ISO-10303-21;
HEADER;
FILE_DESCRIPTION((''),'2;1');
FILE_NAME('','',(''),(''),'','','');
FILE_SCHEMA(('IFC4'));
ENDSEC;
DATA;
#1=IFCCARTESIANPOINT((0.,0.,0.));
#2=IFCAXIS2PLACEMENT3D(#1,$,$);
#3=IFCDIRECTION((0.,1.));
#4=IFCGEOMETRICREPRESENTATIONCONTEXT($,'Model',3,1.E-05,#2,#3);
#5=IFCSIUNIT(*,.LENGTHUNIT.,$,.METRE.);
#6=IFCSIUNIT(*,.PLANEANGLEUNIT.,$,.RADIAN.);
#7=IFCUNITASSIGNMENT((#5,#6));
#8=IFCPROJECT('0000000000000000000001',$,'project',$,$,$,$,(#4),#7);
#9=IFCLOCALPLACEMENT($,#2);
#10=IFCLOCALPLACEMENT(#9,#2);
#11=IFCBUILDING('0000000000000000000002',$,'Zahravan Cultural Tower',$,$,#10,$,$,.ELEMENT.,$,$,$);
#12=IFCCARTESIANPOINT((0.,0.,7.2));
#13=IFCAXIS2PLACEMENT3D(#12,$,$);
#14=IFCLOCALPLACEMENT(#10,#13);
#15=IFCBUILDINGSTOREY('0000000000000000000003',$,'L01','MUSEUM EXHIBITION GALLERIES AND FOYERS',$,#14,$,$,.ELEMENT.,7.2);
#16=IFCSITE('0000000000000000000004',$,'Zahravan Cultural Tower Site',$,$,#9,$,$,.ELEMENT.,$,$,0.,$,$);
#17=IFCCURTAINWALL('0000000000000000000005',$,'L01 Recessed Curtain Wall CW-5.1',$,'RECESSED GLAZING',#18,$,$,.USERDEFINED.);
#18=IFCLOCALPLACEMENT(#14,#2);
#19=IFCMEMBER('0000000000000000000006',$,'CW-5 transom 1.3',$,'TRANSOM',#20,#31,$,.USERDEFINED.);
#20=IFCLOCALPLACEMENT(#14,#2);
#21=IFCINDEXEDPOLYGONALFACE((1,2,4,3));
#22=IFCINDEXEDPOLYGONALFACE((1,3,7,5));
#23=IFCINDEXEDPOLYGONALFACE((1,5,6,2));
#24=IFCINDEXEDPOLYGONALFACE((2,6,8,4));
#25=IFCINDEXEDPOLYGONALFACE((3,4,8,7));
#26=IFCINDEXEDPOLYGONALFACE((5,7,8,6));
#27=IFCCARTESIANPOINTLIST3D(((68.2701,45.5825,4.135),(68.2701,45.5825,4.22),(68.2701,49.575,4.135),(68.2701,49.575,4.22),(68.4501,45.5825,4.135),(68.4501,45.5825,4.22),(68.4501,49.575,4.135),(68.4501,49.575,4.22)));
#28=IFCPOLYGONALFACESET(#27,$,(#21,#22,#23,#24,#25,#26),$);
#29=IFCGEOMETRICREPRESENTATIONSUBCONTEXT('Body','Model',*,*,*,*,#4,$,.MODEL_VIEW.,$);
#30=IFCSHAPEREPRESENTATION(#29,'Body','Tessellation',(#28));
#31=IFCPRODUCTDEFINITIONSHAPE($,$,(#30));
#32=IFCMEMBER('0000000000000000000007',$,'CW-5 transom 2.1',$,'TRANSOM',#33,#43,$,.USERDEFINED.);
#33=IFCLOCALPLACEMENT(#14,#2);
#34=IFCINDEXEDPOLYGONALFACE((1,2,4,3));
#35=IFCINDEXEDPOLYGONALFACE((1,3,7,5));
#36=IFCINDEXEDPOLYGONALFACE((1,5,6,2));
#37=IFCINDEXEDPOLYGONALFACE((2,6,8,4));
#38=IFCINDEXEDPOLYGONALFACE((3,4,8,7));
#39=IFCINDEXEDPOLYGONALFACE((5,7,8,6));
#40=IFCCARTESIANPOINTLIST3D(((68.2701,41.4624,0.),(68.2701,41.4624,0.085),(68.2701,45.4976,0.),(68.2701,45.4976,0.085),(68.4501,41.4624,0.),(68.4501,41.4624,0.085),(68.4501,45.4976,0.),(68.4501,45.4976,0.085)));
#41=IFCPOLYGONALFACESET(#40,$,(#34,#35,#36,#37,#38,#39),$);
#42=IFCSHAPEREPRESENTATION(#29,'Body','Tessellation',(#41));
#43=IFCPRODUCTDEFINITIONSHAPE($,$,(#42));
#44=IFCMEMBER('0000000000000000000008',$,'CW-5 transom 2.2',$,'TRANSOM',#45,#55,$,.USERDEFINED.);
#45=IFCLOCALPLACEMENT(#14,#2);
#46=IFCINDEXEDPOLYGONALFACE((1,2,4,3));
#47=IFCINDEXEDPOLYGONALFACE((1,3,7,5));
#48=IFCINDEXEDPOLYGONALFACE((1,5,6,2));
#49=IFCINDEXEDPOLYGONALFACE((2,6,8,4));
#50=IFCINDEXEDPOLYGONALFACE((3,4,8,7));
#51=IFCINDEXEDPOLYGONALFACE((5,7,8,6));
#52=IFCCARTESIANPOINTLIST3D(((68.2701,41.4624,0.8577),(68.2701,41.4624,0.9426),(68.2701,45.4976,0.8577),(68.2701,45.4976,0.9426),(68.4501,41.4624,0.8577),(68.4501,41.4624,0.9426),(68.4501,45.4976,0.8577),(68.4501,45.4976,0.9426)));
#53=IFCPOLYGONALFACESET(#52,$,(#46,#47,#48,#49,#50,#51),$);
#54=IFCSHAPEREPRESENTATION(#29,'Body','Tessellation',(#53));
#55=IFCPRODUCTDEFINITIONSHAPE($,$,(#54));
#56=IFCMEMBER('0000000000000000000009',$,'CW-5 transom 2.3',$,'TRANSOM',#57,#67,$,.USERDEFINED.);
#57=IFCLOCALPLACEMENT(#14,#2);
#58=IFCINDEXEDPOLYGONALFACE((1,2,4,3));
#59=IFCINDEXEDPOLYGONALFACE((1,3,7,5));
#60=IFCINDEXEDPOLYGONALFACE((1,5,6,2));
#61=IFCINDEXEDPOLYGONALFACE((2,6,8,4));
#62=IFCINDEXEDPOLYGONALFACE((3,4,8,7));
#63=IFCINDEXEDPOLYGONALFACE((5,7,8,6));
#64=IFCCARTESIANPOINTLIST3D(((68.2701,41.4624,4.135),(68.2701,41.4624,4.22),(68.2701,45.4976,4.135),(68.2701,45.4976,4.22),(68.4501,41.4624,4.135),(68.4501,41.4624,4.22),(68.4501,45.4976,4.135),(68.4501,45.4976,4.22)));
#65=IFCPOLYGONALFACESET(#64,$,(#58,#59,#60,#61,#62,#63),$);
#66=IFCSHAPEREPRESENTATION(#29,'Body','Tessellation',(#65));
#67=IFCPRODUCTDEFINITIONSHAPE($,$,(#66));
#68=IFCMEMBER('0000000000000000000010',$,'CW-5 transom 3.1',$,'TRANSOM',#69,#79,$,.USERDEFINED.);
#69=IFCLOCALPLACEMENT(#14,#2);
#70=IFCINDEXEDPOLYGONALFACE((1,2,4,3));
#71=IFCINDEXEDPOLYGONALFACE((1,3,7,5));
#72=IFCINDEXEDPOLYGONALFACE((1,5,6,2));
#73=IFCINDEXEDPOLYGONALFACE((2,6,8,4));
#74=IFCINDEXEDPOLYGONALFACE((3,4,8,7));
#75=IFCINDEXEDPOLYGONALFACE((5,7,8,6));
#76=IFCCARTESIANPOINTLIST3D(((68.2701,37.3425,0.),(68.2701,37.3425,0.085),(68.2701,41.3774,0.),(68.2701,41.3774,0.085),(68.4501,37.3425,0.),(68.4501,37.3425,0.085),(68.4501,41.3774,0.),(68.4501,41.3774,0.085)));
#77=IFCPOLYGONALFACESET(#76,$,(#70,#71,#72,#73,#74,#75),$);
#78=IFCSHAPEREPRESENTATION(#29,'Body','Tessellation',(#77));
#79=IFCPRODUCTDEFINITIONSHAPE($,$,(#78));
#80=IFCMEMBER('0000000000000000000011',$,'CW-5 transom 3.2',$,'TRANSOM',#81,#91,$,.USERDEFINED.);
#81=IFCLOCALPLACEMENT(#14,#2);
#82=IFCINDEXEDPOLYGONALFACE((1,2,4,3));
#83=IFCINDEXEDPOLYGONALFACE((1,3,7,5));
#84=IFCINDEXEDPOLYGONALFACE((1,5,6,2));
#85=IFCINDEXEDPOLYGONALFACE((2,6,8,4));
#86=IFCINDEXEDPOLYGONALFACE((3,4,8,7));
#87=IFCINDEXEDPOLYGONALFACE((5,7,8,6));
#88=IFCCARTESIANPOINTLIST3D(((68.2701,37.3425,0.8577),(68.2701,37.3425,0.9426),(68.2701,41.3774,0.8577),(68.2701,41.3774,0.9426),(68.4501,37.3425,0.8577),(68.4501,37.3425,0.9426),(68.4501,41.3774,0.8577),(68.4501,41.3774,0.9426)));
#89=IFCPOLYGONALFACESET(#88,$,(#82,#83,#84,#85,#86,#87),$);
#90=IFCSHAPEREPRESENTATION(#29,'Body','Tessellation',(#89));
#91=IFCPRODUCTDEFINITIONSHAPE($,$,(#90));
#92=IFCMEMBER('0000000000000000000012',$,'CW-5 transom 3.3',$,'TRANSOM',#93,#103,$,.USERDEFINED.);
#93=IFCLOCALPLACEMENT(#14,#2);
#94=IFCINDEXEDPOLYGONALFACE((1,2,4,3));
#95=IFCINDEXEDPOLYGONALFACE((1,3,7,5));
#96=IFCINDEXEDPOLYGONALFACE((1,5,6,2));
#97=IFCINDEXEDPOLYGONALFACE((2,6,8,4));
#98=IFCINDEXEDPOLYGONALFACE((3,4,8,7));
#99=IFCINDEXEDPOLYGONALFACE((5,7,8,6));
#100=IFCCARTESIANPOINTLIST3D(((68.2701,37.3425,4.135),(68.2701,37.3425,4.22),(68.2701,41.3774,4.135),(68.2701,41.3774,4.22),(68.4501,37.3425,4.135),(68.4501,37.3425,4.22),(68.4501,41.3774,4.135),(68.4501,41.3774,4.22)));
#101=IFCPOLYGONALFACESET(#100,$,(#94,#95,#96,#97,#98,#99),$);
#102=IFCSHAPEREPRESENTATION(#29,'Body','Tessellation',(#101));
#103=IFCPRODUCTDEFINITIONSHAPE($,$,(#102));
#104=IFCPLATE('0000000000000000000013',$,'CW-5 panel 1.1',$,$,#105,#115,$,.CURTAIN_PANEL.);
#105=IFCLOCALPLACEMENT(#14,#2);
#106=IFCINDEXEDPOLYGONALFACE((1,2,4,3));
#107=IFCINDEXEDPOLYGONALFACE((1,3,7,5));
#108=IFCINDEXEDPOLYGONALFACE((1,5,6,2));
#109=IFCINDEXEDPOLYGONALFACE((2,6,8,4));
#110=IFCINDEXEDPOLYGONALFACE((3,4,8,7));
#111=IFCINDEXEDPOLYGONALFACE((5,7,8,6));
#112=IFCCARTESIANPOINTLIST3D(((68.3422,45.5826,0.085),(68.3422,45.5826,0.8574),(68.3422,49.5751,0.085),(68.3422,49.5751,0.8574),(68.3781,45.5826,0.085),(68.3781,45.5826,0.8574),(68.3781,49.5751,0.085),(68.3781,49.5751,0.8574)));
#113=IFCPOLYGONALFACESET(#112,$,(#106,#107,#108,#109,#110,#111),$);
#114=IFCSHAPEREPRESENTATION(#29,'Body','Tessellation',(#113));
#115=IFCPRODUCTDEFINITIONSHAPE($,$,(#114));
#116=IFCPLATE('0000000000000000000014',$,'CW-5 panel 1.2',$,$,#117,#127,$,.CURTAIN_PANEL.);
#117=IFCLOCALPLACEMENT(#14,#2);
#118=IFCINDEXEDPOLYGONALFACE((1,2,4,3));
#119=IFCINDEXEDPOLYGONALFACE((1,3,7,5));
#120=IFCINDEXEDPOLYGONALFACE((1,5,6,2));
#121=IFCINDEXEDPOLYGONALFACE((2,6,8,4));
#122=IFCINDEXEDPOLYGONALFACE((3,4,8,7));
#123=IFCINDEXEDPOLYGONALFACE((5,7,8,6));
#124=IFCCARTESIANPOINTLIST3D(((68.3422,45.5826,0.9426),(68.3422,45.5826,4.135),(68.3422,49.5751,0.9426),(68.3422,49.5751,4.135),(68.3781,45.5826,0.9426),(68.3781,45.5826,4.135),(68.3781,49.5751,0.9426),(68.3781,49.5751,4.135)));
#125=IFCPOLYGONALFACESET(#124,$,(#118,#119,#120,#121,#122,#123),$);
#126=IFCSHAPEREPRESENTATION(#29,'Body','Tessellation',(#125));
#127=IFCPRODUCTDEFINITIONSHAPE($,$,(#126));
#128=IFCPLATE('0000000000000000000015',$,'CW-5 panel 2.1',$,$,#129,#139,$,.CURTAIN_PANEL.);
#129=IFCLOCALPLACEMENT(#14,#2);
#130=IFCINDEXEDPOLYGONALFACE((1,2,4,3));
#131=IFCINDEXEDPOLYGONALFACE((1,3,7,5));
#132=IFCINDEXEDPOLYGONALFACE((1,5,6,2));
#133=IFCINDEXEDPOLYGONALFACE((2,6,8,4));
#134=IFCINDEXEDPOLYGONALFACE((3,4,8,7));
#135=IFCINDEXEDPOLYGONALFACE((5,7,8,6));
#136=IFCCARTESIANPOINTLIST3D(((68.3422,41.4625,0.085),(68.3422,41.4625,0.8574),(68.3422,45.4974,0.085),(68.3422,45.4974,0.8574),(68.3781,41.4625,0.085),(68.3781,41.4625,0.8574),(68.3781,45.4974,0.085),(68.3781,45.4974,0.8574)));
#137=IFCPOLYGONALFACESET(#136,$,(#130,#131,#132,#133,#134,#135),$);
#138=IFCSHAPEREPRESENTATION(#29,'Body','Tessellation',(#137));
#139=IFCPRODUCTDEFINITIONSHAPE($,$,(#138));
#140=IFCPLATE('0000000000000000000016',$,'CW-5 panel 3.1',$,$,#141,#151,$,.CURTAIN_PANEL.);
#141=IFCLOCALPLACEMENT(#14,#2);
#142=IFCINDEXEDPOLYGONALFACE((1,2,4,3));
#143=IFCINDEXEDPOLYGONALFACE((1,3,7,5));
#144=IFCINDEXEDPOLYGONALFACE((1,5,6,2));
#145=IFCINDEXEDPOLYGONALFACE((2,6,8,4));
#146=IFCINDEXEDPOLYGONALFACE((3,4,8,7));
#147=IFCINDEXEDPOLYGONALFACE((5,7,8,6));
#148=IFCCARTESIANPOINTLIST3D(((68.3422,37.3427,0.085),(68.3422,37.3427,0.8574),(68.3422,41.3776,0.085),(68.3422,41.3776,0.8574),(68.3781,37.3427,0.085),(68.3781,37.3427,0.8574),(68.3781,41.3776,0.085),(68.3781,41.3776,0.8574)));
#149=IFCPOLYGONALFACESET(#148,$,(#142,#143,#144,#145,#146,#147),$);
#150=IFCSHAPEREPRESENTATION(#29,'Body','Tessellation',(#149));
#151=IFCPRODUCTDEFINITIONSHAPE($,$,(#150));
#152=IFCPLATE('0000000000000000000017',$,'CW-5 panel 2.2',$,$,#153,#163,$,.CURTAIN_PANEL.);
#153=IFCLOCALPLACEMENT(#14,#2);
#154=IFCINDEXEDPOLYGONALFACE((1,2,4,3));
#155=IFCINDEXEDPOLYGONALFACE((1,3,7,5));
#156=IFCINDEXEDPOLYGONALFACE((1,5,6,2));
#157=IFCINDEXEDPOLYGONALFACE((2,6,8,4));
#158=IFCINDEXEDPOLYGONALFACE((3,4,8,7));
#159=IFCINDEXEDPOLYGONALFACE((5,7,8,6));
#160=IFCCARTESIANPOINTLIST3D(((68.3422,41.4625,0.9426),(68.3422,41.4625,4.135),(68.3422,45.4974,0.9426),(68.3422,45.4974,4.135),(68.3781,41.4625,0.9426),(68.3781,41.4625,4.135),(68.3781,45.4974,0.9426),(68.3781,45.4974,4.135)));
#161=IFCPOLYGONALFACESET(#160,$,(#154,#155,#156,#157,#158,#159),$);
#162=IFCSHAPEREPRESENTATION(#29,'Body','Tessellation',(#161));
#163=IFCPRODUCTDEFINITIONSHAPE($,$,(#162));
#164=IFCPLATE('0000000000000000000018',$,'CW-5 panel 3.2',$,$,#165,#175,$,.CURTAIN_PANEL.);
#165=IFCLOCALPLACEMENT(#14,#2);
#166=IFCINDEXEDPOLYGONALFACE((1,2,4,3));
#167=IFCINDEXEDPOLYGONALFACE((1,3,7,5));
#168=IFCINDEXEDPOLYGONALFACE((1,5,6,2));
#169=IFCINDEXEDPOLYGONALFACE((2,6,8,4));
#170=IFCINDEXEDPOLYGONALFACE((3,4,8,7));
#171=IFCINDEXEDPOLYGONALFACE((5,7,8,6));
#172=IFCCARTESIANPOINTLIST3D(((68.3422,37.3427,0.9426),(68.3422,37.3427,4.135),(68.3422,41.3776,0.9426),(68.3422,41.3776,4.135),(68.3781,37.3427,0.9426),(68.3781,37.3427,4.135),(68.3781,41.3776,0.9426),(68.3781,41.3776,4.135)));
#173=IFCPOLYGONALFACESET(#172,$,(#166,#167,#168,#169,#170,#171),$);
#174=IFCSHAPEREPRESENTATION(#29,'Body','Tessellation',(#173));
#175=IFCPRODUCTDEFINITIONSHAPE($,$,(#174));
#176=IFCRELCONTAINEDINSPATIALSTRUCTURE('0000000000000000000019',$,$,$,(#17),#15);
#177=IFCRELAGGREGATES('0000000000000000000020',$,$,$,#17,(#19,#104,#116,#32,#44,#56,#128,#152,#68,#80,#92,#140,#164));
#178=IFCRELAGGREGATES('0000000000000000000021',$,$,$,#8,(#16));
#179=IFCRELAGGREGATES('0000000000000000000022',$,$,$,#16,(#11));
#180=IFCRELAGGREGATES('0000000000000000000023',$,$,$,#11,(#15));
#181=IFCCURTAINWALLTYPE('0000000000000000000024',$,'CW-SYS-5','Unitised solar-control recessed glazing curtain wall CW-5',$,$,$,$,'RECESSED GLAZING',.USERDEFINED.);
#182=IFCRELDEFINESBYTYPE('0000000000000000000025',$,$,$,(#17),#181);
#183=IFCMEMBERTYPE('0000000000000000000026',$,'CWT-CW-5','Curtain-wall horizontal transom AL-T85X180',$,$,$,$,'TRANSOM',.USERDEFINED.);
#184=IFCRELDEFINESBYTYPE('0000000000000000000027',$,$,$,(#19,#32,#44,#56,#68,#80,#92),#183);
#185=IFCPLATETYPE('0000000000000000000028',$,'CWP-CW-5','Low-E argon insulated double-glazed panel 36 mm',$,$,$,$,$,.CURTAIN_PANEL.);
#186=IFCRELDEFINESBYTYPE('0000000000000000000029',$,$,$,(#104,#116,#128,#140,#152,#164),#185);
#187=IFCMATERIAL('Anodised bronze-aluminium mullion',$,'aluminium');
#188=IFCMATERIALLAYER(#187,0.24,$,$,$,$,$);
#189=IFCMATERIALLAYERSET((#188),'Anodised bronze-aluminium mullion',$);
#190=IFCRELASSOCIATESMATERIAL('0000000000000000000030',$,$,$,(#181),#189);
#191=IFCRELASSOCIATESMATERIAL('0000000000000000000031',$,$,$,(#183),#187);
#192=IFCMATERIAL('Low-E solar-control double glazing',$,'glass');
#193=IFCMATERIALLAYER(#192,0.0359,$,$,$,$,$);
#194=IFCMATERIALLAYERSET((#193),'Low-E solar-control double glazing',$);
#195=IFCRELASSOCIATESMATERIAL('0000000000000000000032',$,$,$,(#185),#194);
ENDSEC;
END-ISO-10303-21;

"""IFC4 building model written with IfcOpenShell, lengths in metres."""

from ifc_helpers import new_model, si_unit, direction, frame, origin, origin_2d, place, context, subcontext, project, spatial, rectangle, extrude, source, transform, mapped, material, layer, layer_set, material_profile, profile_set, type_object, element, aggregate, save


model = new_model("IFC4")

# Units and contexts
model_context = context("Model", 3, precision=1e-05, world=origin(), true_north=direction((0.0, 1.0)))
body_context = subcontext(model_context, "Body", "Model", "MODEL_VIEW")
ifc_project = project(units=[si_unit("LENGTHUNIT", "METRE"), si_unit("PLANEANGLEUNIT", "RADIAN")], contexts=[model_context])

# Site, building, storey
site_placement = place(None, origin())
site = spatial("IfcSite", under=ifc_project, at=site_placement, Name="Zahravan Cultural Tower Site", CompositionType="ELEMENT", RefElevation=0.0)
building_placement = place(site_placement, origin())
building = spatial("IfcBuilding", under=site, at=building_placement, Name="Zahravan Cultural Tower", CompositionType="ELEMENT")
storey_placement = place(building_placement, frame((0.0, 0.0, 7.2)))
storey = spatial("IfcBuildingStorey", under=building, at=storey_placement, Name="L01", Description="MUSEUM EXHIBITION GALLERIES AND FOYERS", CompositionType="ELEMENT", Elevation=7.2)

# Curtain wall, members, plates
ifc_material_1 = material(Name="Anodised bronze-aluminium mullion", Category="aluminium")
ifc_layer_1 = layer(ifc_material_1, 0.24)
ifc_layer_set_1 = layer_set([ifc_layer_1], Name="Anodised bronze-aluminium mullion")
curtain_wall_type = type_object("IfcCurtainWallType", Name="CW-SYS-5", Description="Unitised solar-control recessed glazing curtain wall CW-5", ElementType="RECESSED GLAZING", PredefinedType="USERDEFINED", material=ifc_layer_set_1)
curtain_wall_placement = place(storey_placement, origin())
curtain_wall = element("IfcCurtainWall", 1, at=curtain_wall_placement, inside=storey, type_object=curtain_wall_type, Name="L01 Recessed Curtain Wall CW-5.1", ObjectType="RECESSED GLAZING", PredefinedType="USERDEFINED")
ifc_material_profile_1 = material_profile(ifc_material_1, rectangle(XDim=0.1799, YDim=0.085, at=origin_2d()), Name="AL-T85X180")
ifc_profile_set_1 = profile_set([ifc_material_profile_1], Name="Anodised bronze-aluminium mullion")
member_type_1 = type_object("IfcMemberType", Name="CWT-CW-5", Description="Curtain-wall horizontal transom AL-T85X180", ElementType="TRANSOM", PredefinedType="USERDEFINED", material=ifc_profile_set_1)
shared_shape_1 = source(origin(), body_context, "Body", "SweptSolid", [
    extrude(rectangle(XDim=0.1799, YDim=0.085, at=origin_2d()), origin(), (0.0, 0.0, 1.0), 3.9924),
])
member_1_placement = place(storey_placement, frame((68.3601, 49.575, 4.1775), z_axis=(0.0, -1.0, 0.0), x_axis=(1.0, 0.0, 0.0)))
member_1 = element("IfcMember", 2, at=member_1_placement, type_object=member_type_1, Name="CW-5 transom 1.3", ObjectType="TRANSOM", PredefinedType="USERDEFINED", context=body_context, shape_type="MappedRepresentation", body=[
    mapped(shared_shape_1, transform((0.0, 0.0, 0.0), x_axis=(1.0, 0.0, 0.0), y_axis=(0.0, 1.0, 0.0), z_axis=(0.0, 0.0, 1.0), scale=1.0)),
])
shared_shape_2 = source(origin(), body_context, "Body", "SweptSolid", [
    extrude(rectangle(XDim=0.1799, YDim=0.085, at=origin_2d()), origin(), (0.0, 0.0, 1.0), 4.0352),
])
member_2_placement = place(storey_placement, frame((68.3601, 45.4976, 0.0425), z_axis=(0.0, -1.0, 0.0), x_axis=(1.0, 0.0, 0.0)))
member_2 = element("IfcMember", 3, at=member_2_placement, type_object=member_type_1, Name="CW-5 transom 2.1", ObjectType="TRANSOM", PredefinedType="USERDEFINED", context=body_context, shape_type="MappedRepresentation", body=[
    mapped(shared_shape_2, transform((0.0, 0.0, 0.0), x_axis=(1.0, 0.0, 0.0), y_axis=(0.0, 1.0, 0.0), z_axis=(0.0, 0.0, 1.0), scale=1.0)),
])
member_3_placement = place(storey_placement, frame((68.3601, 45.4976, 0.9001), z_axis=(0.0, -1.0, 0.0), x_axis=(1.0, 0.0, 0.0)))
member_3 = element("IfcMember", 4, at=member_3_placement, type_object=member_type_1, Name="CW-5 transom 2.2", ObjectType="TRANSOM", PredefinedType="USERDEFINED", context=body_context, shape_type="MappedRepresentation", body=[
    mapped(shared_shape_2, transform((0.0, 0.0, 0.0), x_axis=(1.0, 0.0, 0.0), y_axis=(0.0, 1.0, 0.0), z_axis=(0.0, 0.0, 1.0), scale=1.0)),
])
member_4_placement = place(storey_placement, frame((68.3601, 45.4976, 4.1775), z_axis=(0.0, -1.0, 0.0), x_axis=(1.0, 0.0, 0.0)))
member_4 = element("IfcMember", 5, at=member_4_placement, type_object=member_type_1, Name="CW-5 transom 2.3", ObjectType="TRANSOM", PredefinedType="USERDEFINED", context=body_context, shape_type="MappedRepresentation", body=[
    mapped(shared_shape_2, transform((0.0, 0.0, 0.0), x_axis=(1.0, 0.0, 0.0), y_axis=(0.0, 1.0, 0.0), z_axis=(0.0, 0.0, 1.0), scale=1.0)),
])
shared_shape_3 = source(origin(), body_context, "Body", "SweptSolid", [
    extrude(rectangle(XDim=0.1799, YDim=0.085, at=origin_2d()), origin(), (0.0, 0.0, 1.0), 4.0349),
])
member_5_placement = place(storey_placement, frame((68.3601, 41.3774, 0.0425), z_axis=(0.0, -1.0, 0.0), x_axis=(1.0, 0.0, 0.0)))
member_5 = element("IfcMember", 6, at=member_5_placement, type_object=member_type_1, Name="CW-5 transom 3.1", ObjectType="TRANSOM", PredefinedType="USERDEFINED", context=body_context, shape_type="MappedRepresentation", body=[
    mapped(shared_shape_3, transform((0.0, 0.0, 0.0), x_axis=(1.0, 0.0, 0.0), y_axis=(0.0, 1.0, 0.0), z_axis=(0.0, 0.0, 1.0), scale=1.0)),
])
member_6_placement = place(storey_placement, frame((68.3601, 41.3774, 0.9001), z_axis=(0.0, -1.0, 0.0), x_axis=(1.0, 0.0, 0.0)))
member_6 = element("IfcMember", 7, at=member_6_placement, type_object=member_type_1, Name="CW-5 transom 3.2", ObjectType="TRANSOM", PredefinedType="USERDEFINED", context=body_context, shape_type="MappedRepresentation", body=[
    mapped(shared_shape_3, transform((0.0, 0.0, 0.0), x_axis=(1.0, 0.0, 0.0), y_axis=(0.0, 1.0, 0.0), z_axis=(0.0, 0.0, 1.0), scale=1.0)),
])
member_7_placement = place(storey_placement, frame((68.3601, 41.3774, 4.1775), z_axis=(0.0, -1.0, 0.0), x_axis=(1.0, 0.0, 0.0)))
member_7 = element("IfcMember", 8, at=member_7_placement, type_object=member_type_1, Name="CW-5 transom 3.3", ObjectType="TRANSOM", PredefinedType="USERDEFINED", context=body_context, shape_type="MappedRepresentation", body=[
    mapped(shared_shape_3, transform((0.0, 0.0, 0.0), x_axis=(1.0, 0.0, 0.0), y_axis=(0.0, 1.0, 0.0), z_axis=(0.0, 0.0, 1.0), scale=1.0)),
])
ifc_material_2 = material(Name="Low-E solar-control double glazing", Category="glass")
ifc_layer_2 = layer(ifc_material_2, 0.0359)
ifc_layer_set_2 = layer_set([ifc_layer_2], Name="Low-E solar-control double glazing")
plate_type = type_object("IfcPlateType", Name="CWP-CW-5", Description="Low-E argon insulated double-glazed panel 36 mm", PredefinedType="CURTAIN_PANEL", material=ifc_layer_set_2)
shared_shape_4 = source(origin(), body_context, "Body", "SweptSolid", [
    extrude(rectangle(XDim=3.9924, YDim=0.0359, at=origin_2d()), origin(), (0.0, 0.0, 1.0), 0.7725),
])
plate_1_placement = place(storey_placement, frame((68.3601, 47.5789, 0.085), z_axis=(0.0, 0.0, 1.0), x_axis=(0.0, -1.0, 0.0)))
plate_1 = element("IfcPlate", 9, at=plate_1_placement, type_object=plate_type, Name="CW-5 panel 1.1", PredefinedType="CURTAIN_PANEL", context=body_context, shape_type="MappedRepresentation", body=[
    mapped(shared_shape_4, transform((0.0, 0.0, 0.0), x_axis=(1.0, 0.0, 0.0), y_axis=(0.0, 1.0, 0.0), z_axis=(0.0, 0.0, 1.0), scale=1.0)),
])
shared_shape_5 = source(origin(), body_context, "Body", "SweptSolid", [
    extrude(rectangle(XDim=3.9924, YDim=0.0359, at=origin_2d()), origin(), (0.0, 0.0, 1.0), 3.1924),
])
plate_2_placement = place(storey_placement, frame((68.3601, 47.5789, 0.9426), z_axis=(0.0, 0.0, 1.0), x_axis=(0.0, -1.0, 0.0)))
plate_2 = element("IfcPlate", 10, at=plate_2_placement, type_object=plate_type, Name="CW-5 panel 1.2", PredefinedType="CURTAIN_PANEL", context=body_context, shape_type="MappedRepresentation", body=[
    mapped(shared_shape_5, transform((0.0, 0.0, 0.0), x_axis=(1.0, 0.0, 0.0), y_axis=(0.0, 1.0, 0.0), z_axis=(0.0, 0.0, 1.0), scale=1.0)),
])
shared_shape_6 = source(origin(), body_context, "Body", "SweptSolid", [
    extrude(rectangle(XDim=4.0349, YDim=0.0359, at=origin_2d()), origin(), (0.0, 0.0, 1.0), 0.7725),
])
plate_3_placement = place(storey_placement, frame((68.3601, 43.48, 0.085), z_axis=(0.0, 0.0, 1.0), x_axis=(0.0, -1.0, 0.0)))
plate_3 = element("IfcPlate", 11, at=plate_3_placement, type_object=plate_type, Name="CW-5 panel 2.1", PredefinedType="CURTAIN_PANEL", context=body_context, shape_type="MappedRepresentation", body=[
    mapped(shared_shape_6, transform((0.0, 0.0, 0.0), x_axis=(1.0, 0.0, 0.0), y_axis=(0.0, 1.0, 0.0), z_axis=(0.0, 0.0, 1.0), scale=1.0)),
])
plate_4_placement = place(storey_placement, frame((68.3601, 39.3601, 0.085), z_axis=(0.0, 0.0, 1.0), x_axis=(0.0, -1.0, 0.0)))
plate_4 = element("IfcPlate", 12, at=plate_4_placement, type_object=plate_type, Name="CW-5 panel 3.1", PredefinedType="CURTAIN_PANEL", context=body_context, shape_type="MappedRepresentation", body=[
    mapped(shared_shape_6, transform((0.0, 0.0, 0.0), x_axis=(1.0, 0.0, 0.0), y_axis=(0.0, 1.0, 0.0), z_axis=(0.0, 0.0, 1.0), scale=1.0)),
])
shared_shape_7 = source(origin(), body_context, "Body", "SweptSolid", [
    extrude(rectangle(XDim=4.0349, YDim=0.0359, at=origin_2d()), origin(), (0.0, 0.0, 1.0), 3.1924),
])
plate_5_placement = place(storey_placement, frame((68.3601, 43.48, 0.9426), z_axis=(0.0, 0.0, 1.0), x_axis=(0.0, -1.0, 0.0)))
plate_5 = element("IfcPlate", 13, at=plate_5_placement, type_object=plate_type, Name="CW-5 panel 2.2", PredefinedType="CURTAIN_PANEL", context=body_context, shape_type="MappedRepresentation", body=[
    mapped(shared_shape_7, transform((0.0, 0.0, 0.0), x_axis=(1.0, 0.0, 0.0), y_axis=(0.0, 1.0, 0.0), z_axis=(0.0, 0.0, 1.0), scale=1.0)),
])
plate_6_placement = place(storey_placement, frame((68.3601, 39.3601, 0.9426), z_axis=(0.0, 0.0, 1.0), x_axis=(0.0, -1.0, 0.0)))
plate_6 = element("IfcPlate", 14, at=plate_6_placement, type_object=plate_type, Name="CW-5 panel 3.2", PredefinedType="CURTAIN_PANEL", context=body_context, shape_type="MappedRepresentation", body=[
    mapped(shared_shape_7, transform((0.0, 0.0, 0.0), x_axis=(1.0, 0.0, 0.0), y_axis=(0.0, 1.0, 0.0), z_axis=(0.0, 0.0, 1.0), scale=1.0)),
])
aggregate(curtain_wall, [member_1, plate_1, plate_2, member_2, member_3, member_4, plate_3, plate_5, member_5, member_6, member_7, plate_4, plate_6])

save(model, "model.ifc")
